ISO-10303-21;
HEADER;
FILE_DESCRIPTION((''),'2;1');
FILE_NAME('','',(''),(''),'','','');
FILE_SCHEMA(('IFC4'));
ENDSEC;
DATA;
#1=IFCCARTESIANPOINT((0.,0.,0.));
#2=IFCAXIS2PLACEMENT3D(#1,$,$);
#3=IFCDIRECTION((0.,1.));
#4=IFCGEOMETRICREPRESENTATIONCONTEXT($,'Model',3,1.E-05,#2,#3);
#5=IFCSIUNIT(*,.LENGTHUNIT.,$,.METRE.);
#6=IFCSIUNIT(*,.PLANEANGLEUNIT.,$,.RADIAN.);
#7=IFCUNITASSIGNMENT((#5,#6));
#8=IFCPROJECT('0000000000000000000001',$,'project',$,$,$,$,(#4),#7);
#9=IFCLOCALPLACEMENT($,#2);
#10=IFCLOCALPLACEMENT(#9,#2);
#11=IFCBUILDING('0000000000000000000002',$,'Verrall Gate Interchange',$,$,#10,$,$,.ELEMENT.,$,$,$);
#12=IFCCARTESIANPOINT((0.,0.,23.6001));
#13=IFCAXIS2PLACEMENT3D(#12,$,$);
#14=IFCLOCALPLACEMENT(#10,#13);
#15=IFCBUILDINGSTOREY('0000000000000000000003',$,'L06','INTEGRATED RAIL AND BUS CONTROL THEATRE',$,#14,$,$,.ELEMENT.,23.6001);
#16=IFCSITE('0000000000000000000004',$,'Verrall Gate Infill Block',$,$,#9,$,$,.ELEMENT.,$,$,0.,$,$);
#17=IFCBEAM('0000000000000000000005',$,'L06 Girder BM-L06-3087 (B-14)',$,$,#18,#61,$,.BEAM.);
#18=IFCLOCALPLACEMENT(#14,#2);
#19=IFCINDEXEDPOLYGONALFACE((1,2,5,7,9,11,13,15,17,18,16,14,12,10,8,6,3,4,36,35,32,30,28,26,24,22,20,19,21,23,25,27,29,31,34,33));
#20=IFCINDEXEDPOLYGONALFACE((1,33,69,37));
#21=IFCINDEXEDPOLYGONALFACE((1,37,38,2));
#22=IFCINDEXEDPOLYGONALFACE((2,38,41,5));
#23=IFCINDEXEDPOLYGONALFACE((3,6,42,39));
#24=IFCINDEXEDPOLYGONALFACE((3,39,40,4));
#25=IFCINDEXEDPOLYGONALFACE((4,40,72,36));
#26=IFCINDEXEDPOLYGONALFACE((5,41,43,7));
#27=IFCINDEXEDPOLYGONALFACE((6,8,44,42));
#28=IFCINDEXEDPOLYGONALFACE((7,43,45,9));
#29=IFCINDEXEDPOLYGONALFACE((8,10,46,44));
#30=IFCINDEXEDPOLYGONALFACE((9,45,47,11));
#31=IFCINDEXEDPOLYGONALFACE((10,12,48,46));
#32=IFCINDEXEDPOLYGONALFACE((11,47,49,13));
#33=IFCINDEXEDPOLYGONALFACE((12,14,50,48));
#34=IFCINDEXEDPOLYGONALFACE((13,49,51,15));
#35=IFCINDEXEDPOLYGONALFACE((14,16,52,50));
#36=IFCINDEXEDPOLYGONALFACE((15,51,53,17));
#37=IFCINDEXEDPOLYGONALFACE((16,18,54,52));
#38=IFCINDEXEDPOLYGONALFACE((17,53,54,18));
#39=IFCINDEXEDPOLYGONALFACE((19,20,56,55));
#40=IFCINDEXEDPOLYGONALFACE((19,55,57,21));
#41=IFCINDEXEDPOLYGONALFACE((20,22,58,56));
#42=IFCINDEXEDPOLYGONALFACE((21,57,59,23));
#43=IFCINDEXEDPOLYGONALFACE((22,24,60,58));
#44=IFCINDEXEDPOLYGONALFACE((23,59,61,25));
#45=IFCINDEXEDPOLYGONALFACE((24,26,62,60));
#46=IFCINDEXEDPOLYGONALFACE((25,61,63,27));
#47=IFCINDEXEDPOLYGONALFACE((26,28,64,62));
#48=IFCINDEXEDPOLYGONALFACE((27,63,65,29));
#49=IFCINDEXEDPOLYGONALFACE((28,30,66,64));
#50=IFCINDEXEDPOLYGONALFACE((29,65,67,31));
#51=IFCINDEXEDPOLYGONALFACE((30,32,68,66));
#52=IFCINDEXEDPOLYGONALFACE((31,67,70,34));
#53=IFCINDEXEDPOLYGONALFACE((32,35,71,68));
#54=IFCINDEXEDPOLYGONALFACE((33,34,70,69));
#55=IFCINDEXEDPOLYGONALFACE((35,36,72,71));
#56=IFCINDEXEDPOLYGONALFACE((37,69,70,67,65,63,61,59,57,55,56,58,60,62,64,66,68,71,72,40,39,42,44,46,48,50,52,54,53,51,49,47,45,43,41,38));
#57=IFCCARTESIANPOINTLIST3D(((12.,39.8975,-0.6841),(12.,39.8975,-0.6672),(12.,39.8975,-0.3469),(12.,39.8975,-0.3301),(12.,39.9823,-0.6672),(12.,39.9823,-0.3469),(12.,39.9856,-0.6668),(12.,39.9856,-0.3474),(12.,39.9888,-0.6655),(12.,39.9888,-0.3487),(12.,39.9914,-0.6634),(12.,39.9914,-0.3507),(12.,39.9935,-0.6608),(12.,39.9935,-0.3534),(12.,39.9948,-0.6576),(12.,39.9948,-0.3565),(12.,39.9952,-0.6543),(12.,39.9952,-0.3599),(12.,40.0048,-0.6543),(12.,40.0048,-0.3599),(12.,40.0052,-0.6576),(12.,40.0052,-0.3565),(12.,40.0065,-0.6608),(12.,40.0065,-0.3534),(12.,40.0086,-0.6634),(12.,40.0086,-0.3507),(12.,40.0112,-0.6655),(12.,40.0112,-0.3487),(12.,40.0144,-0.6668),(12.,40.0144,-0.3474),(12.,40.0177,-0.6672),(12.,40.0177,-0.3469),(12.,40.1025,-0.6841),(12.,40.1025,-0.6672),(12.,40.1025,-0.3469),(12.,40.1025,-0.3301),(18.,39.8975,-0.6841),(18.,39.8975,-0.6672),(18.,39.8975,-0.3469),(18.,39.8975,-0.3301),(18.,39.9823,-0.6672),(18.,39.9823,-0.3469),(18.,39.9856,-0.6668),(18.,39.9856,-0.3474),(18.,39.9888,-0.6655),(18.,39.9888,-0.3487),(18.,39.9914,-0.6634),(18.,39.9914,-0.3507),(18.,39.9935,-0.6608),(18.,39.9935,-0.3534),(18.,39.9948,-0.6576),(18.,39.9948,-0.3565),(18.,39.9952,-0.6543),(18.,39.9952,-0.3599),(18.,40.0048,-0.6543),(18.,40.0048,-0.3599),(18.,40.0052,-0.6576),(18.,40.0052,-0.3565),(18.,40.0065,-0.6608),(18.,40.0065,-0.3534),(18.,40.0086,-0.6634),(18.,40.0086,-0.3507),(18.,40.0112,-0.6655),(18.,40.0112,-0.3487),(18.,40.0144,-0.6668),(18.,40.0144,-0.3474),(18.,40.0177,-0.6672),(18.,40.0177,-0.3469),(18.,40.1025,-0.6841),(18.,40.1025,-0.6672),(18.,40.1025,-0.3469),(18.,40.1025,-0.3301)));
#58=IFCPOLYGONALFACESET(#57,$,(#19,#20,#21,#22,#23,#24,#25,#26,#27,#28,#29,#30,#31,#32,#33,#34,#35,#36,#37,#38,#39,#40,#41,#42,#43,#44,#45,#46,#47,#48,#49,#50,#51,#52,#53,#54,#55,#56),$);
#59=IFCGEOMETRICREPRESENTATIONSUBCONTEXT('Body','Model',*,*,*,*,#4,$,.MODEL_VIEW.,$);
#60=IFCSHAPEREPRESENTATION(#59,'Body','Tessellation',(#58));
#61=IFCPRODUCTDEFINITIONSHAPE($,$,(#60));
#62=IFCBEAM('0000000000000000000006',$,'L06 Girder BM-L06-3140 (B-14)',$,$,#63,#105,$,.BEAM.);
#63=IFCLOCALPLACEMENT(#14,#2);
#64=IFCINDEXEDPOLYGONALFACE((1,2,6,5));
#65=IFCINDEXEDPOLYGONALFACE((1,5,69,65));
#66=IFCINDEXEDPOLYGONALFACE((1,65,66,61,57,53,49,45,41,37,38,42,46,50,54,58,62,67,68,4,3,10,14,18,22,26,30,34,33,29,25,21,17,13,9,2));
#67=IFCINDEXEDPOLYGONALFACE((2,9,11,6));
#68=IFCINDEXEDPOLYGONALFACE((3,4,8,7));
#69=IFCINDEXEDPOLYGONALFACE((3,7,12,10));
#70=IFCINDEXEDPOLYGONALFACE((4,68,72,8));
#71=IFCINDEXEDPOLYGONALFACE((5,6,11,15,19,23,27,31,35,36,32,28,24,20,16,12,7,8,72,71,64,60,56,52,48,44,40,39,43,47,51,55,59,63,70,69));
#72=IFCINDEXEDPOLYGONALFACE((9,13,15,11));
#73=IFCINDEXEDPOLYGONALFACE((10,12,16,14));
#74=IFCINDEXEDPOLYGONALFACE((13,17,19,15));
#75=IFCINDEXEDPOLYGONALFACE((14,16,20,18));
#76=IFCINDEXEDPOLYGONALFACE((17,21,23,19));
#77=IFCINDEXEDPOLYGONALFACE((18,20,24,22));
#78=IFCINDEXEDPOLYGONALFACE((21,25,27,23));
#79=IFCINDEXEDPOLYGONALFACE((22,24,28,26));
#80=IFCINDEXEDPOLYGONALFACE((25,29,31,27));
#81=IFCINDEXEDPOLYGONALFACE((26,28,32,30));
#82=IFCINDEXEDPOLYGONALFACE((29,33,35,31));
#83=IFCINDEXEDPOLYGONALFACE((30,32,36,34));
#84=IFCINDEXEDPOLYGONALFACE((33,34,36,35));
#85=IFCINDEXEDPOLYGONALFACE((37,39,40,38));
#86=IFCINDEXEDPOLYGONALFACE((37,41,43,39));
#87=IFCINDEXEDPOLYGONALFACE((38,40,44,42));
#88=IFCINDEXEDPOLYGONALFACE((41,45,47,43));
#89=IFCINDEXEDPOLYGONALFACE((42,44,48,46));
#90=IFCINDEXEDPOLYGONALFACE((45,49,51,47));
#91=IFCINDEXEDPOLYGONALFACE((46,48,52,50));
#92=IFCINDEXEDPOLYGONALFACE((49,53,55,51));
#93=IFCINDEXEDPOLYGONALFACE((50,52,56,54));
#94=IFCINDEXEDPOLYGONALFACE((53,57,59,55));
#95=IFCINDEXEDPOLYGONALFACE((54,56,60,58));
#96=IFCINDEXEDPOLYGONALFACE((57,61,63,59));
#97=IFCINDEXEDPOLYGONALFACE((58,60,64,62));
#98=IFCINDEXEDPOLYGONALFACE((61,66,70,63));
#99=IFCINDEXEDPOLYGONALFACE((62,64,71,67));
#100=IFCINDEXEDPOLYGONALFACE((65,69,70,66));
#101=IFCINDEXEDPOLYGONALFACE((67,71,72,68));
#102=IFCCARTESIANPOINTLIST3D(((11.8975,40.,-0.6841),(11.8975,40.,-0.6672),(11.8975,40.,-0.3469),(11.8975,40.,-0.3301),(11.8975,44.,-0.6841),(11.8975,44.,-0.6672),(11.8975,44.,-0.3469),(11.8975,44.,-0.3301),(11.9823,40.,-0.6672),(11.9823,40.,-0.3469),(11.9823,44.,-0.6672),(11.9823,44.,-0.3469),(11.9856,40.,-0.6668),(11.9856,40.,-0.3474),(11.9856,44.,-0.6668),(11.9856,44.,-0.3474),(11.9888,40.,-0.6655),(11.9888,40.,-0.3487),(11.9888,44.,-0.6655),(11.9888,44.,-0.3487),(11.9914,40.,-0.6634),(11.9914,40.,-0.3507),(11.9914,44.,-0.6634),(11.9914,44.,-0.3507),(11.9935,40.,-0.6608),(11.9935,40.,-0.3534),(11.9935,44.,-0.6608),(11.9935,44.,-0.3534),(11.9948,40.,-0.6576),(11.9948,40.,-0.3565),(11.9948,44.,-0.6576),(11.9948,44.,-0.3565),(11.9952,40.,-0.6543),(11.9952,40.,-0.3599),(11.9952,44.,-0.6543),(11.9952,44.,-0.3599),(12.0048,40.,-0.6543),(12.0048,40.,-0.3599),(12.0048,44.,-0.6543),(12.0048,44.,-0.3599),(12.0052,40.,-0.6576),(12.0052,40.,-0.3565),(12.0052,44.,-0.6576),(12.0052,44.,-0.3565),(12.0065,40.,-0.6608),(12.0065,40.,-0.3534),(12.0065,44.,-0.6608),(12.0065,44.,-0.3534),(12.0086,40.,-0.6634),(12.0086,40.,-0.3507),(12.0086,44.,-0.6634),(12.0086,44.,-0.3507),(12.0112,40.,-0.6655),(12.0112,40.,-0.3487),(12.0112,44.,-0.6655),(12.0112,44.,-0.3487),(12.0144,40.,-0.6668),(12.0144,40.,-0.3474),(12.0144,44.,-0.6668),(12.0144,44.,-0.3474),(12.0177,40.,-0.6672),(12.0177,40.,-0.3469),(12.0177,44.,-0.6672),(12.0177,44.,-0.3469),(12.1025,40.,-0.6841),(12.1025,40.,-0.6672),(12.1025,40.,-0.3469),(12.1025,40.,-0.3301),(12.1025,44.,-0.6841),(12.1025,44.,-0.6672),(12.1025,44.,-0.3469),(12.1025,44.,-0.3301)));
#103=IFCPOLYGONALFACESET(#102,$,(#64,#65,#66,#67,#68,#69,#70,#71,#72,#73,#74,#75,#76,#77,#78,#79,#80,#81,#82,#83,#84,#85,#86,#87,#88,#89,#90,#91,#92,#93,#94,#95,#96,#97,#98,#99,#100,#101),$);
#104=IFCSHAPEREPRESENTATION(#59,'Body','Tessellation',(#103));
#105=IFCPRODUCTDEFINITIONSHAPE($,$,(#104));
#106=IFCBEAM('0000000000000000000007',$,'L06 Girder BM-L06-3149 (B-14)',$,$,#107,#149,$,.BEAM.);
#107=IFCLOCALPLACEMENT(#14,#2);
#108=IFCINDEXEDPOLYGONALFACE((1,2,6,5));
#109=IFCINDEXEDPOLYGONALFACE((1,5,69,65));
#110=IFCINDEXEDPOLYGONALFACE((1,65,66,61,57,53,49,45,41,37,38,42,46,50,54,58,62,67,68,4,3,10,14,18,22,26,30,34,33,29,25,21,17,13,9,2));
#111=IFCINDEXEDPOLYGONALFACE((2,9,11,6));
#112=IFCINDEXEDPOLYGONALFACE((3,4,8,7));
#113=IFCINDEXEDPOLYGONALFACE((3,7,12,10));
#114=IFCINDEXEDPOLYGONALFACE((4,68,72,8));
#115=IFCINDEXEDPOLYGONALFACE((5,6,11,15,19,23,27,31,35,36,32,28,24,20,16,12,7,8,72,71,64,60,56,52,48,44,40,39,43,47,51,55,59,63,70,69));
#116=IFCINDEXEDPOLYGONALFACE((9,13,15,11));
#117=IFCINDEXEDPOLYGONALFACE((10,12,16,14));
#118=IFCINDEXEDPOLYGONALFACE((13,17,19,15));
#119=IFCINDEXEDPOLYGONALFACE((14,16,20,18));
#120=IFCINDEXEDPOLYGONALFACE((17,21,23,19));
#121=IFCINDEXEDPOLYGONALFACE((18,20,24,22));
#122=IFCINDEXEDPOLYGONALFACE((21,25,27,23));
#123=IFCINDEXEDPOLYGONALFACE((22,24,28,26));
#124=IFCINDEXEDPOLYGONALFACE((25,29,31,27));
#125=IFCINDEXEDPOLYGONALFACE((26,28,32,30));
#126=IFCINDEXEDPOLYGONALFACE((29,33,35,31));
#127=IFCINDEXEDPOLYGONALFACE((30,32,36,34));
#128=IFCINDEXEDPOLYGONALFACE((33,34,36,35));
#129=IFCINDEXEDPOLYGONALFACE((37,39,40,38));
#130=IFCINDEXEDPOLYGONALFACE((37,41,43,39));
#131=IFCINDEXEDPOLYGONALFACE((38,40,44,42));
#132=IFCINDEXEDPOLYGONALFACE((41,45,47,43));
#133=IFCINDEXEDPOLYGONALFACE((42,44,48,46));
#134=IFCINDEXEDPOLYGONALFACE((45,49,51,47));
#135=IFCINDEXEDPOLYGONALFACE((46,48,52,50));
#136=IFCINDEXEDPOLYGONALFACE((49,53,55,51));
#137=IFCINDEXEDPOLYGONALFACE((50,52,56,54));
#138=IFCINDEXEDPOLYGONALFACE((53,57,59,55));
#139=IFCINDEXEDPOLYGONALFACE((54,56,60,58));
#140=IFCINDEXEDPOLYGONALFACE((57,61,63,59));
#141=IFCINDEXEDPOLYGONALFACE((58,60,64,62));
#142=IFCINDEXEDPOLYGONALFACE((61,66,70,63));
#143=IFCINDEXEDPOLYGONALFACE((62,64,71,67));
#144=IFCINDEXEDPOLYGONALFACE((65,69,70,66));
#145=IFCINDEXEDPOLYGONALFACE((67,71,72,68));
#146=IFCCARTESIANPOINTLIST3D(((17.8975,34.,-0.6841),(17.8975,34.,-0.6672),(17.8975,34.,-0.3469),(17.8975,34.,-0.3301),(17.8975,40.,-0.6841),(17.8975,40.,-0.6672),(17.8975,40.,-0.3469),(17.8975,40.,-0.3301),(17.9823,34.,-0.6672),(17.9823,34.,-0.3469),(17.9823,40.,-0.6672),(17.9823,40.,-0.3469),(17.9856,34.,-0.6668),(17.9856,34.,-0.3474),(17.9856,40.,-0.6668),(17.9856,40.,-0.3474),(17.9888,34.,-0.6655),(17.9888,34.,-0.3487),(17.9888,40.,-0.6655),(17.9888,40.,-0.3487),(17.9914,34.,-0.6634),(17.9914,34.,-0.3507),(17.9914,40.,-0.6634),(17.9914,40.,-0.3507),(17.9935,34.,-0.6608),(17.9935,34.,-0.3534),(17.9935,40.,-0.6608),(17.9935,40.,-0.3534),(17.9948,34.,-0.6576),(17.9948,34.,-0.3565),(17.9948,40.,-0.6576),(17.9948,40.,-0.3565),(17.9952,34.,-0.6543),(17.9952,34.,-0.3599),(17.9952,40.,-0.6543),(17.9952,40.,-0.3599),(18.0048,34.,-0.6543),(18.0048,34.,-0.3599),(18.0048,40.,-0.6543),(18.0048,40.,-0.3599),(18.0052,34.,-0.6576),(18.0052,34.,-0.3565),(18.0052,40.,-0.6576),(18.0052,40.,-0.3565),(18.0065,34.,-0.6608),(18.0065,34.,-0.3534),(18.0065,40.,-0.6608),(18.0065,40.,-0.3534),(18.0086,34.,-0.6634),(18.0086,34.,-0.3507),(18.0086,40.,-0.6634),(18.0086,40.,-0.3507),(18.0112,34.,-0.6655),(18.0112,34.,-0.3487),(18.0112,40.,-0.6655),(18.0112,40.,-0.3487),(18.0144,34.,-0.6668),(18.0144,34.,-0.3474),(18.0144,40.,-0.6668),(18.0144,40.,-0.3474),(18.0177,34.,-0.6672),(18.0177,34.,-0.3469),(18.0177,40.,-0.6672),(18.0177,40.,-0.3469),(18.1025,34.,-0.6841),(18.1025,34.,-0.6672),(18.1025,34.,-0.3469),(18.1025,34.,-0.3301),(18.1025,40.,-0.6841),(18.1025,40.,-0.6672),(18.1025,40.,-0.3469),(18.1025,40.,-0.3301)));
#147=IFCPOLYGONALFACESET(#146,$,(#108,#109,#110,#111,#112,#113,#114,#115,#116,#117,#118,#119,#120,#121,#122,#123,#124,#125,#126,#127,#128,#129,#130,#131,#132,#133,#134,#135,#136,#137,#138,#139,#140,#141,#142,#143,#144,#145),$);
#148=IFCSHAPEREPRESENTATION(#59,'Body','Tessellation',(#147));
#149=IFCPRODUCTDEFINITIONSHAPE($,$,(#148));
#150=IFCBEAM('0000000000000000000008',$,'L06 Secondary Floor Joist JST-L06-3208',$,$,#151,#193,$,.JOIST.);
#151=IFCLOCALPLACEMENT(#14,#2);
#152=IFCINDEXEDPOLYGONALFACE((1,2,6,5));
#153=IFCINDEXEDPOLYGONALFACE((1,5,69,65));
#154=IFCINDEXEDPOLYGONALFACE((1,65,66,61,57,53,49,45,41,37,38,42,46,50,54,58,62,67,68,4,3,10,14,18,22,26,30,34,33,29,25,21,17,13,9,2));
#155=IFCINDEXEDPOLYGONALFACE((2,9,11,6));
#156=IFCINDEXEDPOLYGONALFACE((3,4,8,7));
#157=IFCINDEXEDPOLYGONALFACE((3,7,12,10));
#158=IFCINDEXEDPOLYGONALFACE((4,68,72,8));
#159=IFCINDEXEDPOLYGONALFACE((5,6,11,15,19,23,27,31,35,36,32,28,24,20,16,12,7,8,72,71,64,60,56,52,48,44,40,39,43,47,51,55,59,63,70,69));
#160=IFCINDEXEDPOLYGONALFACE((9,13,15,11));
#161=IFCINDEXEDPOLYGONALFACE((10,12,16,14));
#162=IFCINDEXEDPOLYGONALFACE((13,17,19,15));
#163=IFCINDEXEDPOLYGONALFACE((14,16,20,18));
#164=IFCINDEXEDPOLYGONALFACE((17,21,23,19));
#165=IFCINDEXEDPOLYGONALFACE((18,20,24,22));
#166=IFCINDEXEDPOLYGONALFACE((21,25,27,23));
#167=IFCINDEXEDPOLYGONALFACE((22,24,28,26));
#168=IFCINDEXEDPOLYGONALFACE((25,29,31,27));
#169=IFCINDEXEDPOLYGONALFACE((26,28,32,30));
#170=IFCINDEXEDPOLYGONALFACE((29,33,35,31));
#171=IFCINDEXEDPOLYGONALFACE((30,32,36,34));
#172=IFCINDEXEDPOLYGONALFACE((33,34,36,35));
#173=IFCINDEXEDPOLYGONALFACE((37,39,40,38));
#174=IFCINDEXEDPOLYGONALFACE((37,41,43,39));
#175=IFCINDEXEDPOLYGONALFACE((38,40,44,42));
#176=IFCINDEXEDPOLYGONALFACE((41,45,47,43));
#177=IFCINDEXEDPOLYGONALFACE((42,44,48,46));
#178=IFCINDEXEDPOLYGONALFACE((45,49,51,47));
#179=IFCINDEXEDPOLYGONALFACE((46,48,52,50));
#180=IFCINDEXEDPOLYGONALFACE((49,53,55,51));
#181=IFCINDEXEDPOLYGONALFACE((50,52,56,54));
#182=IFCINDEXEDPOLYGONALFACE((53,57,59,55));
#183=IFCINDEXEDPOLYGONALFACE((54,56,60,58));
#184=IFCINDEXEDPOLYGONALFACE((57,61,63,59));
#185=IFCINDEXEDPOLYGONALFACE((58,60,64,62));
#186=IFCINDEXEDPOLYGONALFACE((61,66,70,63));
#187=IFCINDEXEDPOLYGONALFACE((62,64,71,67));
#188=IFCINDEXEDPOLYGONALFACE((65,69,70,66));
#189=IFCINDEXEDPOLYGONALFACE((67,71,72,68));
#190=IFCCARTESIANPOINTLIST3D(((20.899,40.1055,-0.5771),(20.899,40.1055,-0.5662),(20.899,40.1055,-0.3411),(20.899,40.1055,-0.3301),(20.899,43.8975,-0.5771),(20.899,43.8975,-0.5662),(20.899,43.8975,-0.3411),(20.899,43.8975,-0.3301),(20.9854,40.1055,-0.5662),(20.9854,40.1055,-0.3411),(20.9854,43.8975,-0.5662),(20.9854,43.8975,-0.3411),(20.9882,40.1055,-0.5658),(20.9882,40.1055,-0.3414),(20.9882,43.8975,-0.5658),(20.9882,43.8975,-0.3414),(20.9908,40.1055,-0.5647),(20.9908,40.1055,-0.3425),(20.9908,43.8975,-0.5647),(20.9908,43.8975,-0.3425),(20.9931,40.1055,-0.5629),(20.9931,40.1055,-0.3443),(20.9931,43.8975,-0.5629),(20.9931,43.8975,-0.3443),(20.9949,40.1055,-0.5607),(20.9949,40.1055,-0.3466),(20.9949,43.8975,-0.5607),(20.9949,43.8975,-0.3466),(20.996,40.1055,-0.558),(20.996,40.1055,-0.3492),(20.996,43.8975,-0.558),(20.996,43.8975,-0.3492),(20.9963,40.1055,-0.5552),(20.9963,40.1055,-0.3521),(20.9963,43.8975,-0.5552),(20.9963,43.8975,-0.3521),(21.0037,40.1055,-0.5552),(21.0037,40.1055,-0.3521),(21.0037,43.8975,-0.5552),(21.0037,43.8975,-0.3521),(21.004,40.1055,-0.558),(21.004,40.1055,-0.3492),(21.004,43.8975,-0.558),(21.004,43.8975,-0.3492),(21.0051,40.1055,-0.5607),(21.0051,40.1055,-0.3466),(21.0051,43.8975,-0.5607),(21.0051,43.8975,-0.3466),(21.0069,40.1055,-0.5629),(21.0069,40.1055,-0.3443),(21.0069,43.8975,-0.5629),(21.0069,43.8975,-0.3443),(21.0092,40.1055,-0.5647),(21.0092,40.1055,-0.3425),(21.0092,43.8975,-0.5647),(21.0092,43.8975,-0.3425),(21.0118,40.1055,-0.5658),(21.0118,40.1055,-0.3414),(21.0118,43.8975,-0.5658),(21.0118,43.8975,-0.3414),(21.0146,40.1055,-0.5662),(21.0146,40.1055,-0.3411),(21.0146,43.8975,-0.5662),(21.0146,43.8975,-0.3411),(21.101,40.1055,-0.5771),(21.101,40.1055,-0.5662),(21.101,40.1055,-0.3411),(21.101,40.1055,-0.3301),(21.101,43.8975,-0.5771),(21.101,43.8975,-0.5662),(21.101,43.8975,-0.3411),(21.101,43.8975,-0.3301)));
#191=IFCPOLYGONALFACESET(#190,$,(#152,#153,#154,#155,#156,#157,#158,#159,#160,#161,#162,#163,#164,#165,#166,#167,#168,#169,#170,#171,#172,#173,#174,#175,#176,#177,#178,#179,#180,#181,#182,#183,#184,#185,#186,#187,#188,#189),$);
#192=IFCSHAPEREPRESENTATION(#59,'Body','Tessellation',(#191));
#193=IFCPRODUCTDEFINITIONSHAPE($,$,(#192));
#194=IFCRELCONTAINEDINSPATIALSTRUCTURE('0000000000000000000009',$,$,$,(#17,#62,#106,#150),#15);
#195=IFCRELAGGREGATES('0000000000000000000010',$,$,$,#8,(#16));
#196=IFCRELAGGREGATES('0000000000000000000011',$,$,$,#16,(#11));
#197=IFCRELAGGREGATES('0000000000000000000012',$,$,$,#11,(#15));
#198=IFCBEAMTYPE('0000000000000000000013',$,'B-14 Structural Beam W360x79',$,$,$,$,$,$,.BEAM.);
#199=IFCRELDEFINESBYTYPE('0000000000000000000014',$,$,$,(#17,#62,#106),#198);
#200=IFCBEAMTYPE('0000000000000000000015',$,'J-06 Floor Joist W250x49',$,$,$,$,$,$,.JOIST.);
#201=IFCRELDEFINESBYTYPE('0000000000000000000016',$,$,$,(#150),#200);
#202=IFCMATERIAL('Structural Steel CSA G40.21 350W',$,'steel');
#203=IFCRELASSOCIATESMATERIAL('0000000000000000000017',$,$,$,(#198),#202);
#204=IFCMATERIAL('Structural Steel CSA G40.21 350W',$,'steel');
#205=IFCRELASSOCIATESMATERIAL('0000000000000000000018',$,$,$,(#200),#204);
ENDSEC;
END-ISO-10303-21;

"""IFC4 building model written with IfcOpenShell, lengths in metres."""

from ifc_helpers import new_model, si_unit, direction, frame, origin, origin_2d, place, context, subcontext, project, spatial, i_section, extrude, material, material_profile, profile_set, type_object, element, save


model = new_model("IFC4")

# Units and contexts
model_context = context("Model", 3, precision=1e-05, world=origin(), true_north=direction((0.0, 1.0)))
body_context = subcontext(model_context, "Body", "Model", "MODEL_VIEW")
ifc_project = project(units=[si_unit("LENGTHUNIT", "METRE"), si_unit("PLANEANGLEUNIT", "RADIAN")], contexts=[model_context])

# Site, building, storey
site_placement = place(None, origin())
site = spatial("IfcSite", under=ifc_project, at=site_placement, Name="Verrall Gate Infill Block", CompositionType="ELEMENT", RefElevation=0.0)
building_placement = place(site_placement, origin())
building = spatial("IfcBuilding", under=site, at=building_placement, Name="Verrall Gate Interchange", CompositionType="ELEMENT")
storey_placement = place(building_placement, frame((0.0, 0.0, 23.6001)))
storey = spatial("IfcBuildingStorey", under=building, at=storey_placement, Name="L06", Description="INTEGRATED RAIL AND BUS CONTROL THEATRE", CompositionType="ELEMENT", Elevation=23.6001)

# Beams
ifc_material_1 = material(Name="Structural Steel CSA G40.21 350W", Category="steel")
ifc_material_profile_1 = material_profile(ifc_material_1, i_section(OverallWidth=0.2051, OverallDepth=0.354, WebThickness=0.0095, FlangeThickness=0.0168, FilletRadius=0.0129, at=origin_2d()), Name="W360x79")
ifc_profile_set_1 = profile_set([ifc_material_profile_1], Name="Structural Steel CSA G40.21 350W")
beam_type_1 = type_object("IfcBeamType", Name="B-14 Structural Beam W360x79", PredefinedType="BEAM", material=ifc_profile_set_1)
for number, where, z_axis, x_axis, name in (
    (1, (12.0, 40.0, -0.5071), (1.0, 0.0, 0.0), (0.0, 1.0, 0.0), "L06 Girder BM-L06-3087 (B-14)"),
):
    element("IfcBeam", number, at=place(storey_placement, frame(where, z_axis=z_axis, x_axis=x_axis)), inside=storey, type_object=beam_type_1, Name=name, PredefinedType="BEAM", context=body_context, shape_type="SweptSolid", body=[
        extrude(i_section(OverallWidth=0.2051, OverallDepth=0.354, WebThickness=0.0095, FlangeThickness=0.0168, FilletRadius=0.0129, at=origin_2d()), origin(), (0.0, 0.0, 1.0), 6.0),
    ])
beam_1_placement = place(storey_placement, frame((12.0, 40.0, -0.5071), z_axis=(0.0, 1.0, 0.0), x_axis=(-1.0, 0.0, 0.0)))
element("IfcBeam", 2, at=beam_1_placement, inside=storey, type_object=beam_type_1, Name="L06 Girder BM-L06-3140 (B-14)", PredefinedType="BEAM", context=body_context, shape_type="SweptSolid", body=[
    extrude(i_section(OverallWidth=0.2051, OverallDepth=0.354, WebThickness=0.0095, FlangeThickness=0.0168, FilletRadius=0.0129, at=origin_2d()), origin(), (0.0, 0.0, 1.0), 4.0),
])
beam_2_placement = place(storey_placement, frame((18.0, 34.0, -0.5071), z_axis=(0.0, 1.0, 0.0), x_axis=(-1.0, 0.0, 0.0)))
element("IfcBeam", 3, at=beam_2_placement, inside=storey, type_object=beam_type_1, Name="L06 Girder BM-L06-3149 (B-14)", PredefinedType="BEAM", context=body_context, shape_type="SweptSolid", body=[
    extrude(i_section(OverallWidth=0.2051, OverallDepth=0.354, WebThickness=0.0095, FlangeThickness=0.0168, FilletRadius=0.0129, at=origin_2d()), origin(), (0.0, 0.0, 1.0), 6.0),
])
ifc_material_2 = material(Name="Structural Steel CSA G40.21 350W", Category="steel")
ifc_material_profile_2 = material_profile(ifc_material_2, i_section(OverallWidth=0.2019, OverallDepth=0.2471, WebThickness=0.0073, FlangeThickness=0.011, FilletRadius=0.011, at=origin_2d()), Name="W250x49")
ifc_profile_set_2 = profile_set([ifc_material_profile_2], Name="Structural Steel CSA G40.21 350W")
beam_type_2 = type_object("IfcBeamType", Name="J-06 Floor Joist W250x49", PredefinedType="JOIST", material=ifc_profile_set_2)
beam_3_placement = place(storey_placement, frame((21.0, 40.1055, -0.4536), z_axis=(0.0, 1.0, 0.0), x_axis=(-1.0, 0.0, 0.0)))
element("IfcBeam", 4, at=beam_3_placement, inside=storey, type_object=beam_type_2, Name="L06 Secondary Floor Joist JST-L06-3208", PredefinedType="JOIST", context=body_context, shape_type="SweptSolid", body=[
    extrude(i_section(OverallWidth=0.2019, OverallDepth=0.2471, WebThickness=0.0073, FlangeThickness=0.011, FilletRadius=0.011, at=origin_2d()), origin(), (0.0, 0.0, 1.0), 3.792),
])

save(model, "model.ifc")
